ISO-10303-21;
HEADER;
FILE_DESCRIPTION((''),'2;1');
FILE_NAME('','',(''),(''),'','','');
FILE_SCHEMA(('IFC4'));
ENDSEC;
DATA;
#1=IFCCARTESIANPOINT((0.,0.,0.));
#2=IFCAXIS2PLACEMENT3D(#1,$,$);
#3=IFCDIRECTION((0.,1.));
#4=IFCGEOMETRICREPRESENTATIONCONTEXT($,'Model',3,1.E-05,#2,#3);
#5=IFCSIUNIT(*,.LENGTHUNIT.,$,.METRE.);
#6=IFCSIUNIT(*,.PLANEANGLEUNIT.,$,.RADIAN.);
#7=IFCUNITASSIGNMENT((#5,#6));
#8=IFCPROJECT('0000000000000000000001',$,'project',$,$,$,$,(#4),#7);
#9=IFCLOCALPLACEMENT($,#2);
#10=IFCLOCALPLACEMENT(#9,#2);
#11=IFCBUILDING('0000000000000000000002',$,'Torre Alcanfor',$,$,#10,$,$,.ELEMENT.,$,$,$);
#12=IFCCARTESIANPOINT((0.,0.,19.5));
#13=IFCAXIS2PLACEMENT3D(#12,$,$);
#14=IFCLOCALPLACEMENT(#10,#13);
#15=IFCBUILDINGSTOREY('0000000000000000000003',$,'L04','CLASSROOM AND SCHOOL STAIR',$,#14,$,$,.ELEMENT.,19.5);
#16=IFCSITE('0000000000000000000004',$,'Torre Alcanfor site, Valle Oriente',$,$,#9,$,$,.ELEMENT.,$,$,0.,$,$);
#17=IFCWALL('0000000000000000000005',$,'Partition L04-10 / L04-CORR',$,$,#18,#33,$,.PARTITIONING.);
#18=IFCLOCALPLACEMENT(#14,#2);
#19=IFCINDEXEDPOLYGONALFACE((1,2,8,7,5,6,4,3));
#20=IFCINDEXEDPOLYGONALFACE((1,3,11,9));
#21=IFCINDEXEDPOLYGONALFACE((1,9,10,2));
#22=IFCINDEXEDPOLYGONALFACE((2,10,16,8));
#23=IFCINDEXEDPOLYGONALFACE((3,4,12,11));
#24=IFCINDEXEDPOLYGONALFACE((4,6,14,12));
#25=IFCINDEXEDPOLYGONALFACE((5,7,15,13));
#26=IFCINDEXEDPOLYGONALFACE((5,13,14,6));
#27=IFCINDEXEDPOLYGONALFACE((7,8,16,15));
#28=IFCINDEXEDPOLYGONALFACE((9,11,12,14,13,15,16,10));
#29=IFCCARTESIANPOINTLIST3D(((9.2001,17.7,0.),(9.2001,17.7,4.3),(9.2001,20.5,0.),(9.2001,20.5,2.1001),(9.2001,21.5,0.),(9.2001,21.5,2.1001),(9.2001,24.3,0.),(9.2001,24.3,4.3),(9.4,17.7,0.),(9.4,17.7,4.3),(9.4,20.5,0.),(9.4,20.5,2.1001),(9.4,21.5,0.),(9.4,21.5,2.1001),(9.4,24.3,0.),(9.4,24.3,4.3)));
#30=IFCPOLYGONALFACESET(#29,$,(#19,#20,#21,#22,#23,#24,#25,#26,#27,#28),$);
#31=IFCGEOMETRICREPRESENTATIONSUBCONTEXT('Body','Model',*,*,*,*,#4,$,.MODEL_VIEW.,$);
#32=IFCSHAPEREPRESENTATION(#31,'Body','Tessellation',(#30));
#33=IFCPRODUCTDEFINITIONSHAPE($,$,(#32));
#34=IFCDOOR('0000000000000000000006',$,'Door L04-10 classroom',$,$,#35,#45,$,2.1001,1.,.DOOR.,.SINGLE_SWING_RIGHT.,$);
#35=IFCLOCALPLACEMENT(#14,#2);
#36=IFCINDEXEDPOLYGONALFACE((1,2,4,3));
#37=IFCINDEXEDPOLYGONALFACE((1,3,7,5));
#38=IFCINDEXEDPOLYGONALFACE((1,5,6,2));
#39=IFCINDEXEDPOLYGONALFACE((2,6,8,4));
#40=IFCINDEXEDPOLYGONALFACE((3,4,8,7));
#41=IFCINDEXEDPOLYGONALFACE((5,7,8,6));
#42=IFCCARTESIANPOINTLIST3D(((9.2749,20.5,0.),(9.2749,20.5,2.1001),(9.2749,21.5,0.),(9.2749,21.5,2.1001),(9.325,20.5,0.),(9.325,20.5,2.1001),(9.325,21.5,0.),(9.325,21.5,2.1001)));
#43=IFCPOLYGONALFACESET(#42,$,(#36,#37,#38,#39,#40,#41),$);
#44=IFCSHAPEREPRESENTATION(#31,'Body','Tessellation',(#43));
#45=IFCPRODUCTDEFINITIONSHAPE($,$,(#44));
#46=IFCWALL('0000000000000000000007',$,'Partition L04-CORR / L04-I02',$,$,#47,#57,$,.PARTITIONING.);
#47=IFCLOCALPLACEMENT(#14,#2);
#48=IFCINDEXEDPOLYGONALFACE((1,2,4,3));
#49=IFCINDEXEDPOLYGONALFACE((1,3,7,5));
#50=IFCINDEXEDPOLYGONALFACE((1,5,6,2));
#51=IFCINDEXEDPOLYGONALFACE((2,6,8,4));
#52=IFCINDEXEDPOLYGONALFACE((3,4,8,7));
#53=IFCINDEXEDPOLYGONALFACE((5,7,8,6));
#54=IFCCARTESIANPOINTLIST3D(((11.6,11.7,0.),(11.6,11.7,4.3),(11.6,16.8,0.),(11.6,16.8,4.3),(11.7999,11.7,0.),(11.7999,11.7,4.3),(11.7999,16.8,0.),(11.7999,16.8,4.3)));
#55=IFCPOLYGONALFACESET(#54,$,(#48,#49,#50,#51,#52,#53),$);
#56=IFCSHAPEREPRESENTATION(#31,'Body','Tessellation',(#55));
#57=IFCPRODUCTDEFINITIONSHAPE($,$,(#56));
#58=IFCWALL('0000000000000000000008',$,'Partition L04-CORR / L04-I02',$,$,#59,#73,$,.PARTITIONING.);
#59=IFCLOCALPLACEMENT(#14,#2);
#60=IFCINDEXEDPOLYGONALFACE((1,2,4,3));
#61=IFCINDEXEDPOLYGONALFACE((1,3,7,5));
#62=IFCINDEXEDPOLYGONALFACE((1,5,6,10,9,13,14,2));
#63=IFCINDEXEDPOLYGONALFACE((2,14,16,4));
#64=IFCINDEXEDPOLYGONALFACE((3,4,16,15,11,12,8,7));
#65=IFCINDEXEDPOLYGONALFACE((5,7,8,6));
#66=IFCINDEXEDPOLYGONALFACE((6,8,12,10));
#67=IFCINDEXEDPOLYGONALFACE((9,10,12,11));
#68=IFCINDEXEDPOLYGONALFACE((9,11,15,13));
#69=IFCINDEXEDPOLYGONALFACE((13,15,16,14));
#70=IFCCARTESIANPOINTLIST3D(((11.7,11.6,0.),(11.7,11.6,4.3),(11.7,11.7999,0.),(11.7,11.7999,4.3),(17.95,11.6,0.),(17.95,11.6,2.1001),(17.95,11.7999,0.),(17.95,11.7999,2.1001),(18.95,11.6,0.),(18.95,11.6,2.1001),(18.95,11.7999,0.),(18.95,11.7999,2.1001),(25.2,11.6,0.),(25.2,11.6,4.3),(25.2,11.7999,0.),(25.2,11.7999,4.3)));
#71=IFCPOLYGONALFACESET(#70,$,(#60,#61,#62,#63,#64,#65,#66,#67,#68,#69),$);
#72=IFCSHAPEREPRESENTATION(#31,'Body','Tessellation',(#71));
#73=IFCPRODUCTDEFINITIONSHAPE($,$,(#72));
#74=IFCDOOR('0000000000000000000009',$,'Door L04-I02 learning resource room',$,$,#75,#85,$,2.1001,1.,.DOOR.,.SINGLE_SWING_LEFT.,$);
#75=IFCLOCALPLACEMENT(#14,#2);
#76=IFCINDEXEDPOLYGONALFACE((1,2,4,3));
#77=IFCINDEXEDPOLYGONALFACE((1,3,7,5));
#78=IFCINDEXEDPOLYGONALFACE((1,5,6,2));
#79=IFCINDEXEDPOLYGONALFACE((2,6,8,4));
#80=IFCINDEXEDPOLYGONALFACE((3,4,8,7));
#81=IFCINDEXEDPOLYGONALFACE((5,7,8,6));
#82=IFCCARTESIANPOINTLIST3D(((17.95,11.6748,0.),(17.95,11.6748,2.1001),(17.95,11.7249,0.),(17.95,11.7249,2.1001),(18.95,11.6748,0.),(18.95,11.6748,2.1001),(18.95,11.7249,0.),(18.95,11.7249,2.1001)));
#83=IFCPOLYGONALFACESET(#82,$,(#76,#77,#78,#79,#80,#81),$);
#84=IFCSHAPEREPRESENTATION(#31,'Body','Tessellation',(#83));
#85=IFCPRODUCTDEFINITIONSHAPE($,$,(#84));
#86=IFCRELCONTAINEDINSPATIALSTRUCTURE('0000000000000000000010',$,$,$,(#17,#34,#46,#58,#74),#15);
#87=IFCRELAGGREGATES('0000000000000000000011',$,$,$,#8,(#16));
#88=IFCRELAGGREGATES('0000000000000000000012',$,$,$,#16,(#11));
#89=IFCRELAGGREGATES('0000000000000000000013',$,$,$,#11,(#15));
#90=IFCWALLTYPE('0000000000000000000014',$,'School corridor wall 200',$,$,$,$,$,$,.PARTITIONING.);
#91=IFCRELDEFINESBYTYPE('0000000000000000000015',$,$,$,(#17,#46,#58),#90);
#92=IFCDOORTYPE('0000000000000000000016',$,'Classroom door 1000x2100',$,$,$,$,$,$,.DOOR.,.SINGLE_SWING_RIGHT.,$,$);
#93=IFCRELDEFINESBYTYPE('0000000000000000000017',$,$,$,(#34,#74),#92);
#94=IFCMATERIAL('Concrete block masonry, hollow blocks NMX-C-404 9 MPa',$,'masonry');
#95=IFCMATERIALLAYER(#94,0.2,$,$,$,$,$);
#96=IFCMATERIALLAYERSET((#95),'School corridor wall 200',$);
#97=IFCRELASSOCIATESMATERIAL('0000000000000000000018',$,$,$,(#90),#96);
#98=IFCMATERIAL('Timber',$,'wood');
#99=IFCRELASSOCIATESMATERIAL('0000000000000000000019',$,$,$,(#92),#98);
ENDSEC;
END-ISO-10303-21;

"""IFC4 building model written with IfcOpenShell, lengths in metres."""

from ifc_helpers import new_model, si_unit, direction, frame, frame_2d, origin, place, context, subcontext, project, spatial, rectangle, extrude, material, layer, layer_set, type_object, element, fill, save


model = new_model("IFC4")

# Units and contexts
model_context = context("Model", 3, precision=1e-05, world=origin(), true_north=direction((0.0, 1.0)))
body_context = subcontext(model_context, "Body", "Model", "MODEL_VIEW")
ifc_project = project(units=[si_unit("LENGTHUNIT", "METRE"), si_unit("PLANEANGLEUNIT", "RADIAN")], contexts=[model_context])

# Site, building, storey
site_placement = place(None, origin())
site = spatial("IfcSite", under=ifc_project, at=site_placement, Name="Torre Alcanfor site, Valle Oriente", CompositionType="ELEMENT", RefElevation=0.0)
building_placement = place(site_placement, origin())
building = spatial("IfcBuilding", under=site, at=building_placement, Name="Torre Alcanfor", CompositionType="ELEMENT")
storey_placement = place(building_placement, frame((0.0, 0.0, 19.5)))
storey = spatial("IfcBuildingStorey", under=building, at=storey_placement, Name="L04", Description="CLASSROOM AND SCHOOL STAIR", CompositionType="ELEMENT", Elevation=19.5)

# Wall, opening, door
ifc_material_1 = material(Name="Concrete block masonry, hollow blocks NMX-C-404 9 MPa", Category="masonry")
ifc_layer_1 = layer(ifc_material_1, 0.2)
ifc_layer_set_1 = layer_set([ifc_layer_1], Name="School corridor wall 200")
wall_type_1 = type_object("IfcWallType", Name="School corridor wall 200", PredefinedType="PARTITIONING", material=ifc_layer_set_1)
ifc_material_2 = material(Name="Timber", Category="wood")
door_type = type_object("IfcDoorType", Name="Classroom door 1000x2100", OperationType="SINGLE_SWING_RIGHT", PredefinedType="DOOR", material=ifc_material_2)
wall_1_placement = place(storey_placement, frame((9.3, 24.3, 0.0), z_axis=(0.0, 0.0, 1.0), x_axis=(0.0, -1.0, 0.0)))
wall_1 = element("IfcWall", 1, at=wall_1_placement, inside=storey, type_object=wall_type_1, Name="Partition L04-10 / L04-CORR", PredefinedType="PARTITIONING", context=body_context, shape_type="SweptSolid", body=[
    extrude(rectangle(XDim=6.6001, YDim=0.2, at=frame_2d((3.3, 0.0))), origin(), (0.0, 0.0, 1.0), 4.3),
])
opening_1_placement = place(wall_1_placement, frame((2.8, 0.0, 0.0)))
opening_1 = element("IfcOpeningElement", 2, at=opening_1_placement, cuts=wall_1, PredefinedType="OPENING", context=body_context, shape_type="SweptSolid", body=[
    extrude(rectangle(XDim=1.0, YDim=2.1001, at=frame_2d((0.5, 1.05))), frame((0.0, 0.1099, 0.0), z_axis=(0.0, -1.0, 0.0), x_axis=(1.0, 0.0, 0.0)), (0.0, 0.0, 1.0), 0.22),
])
door_1_placement = place(opening_1_placement, frame((1.0, 0.0, 0.0), z_axis=(0.0, 0.0, 1.0), x_axis=(-1.0, 0.0, 0.0)))
door_1 = element("IfcDoor", 3, at=door_1_placement, inside=storey, type_object=door_type, Name="Door L04-10 classroom", OperationType="SINGLE_SWING_RIGHT", OverallHeight=2.1001, OverallWidth=1.0, PredefinedType="DOOR", context=body_context, shape_type="SweptSolid", body=[
    extrude(rectangle(XDim=1.0, YDim=2.1001, at=frame_2d((0.5, 1.05))), frame((0.0, 0.0251, 0.0), z_axis=(0.0, -1.0, 0.0), x_axis=(1.0, 0.0, 0.0)), (0.0, 0.0, 1.0), 0.05),
])
fill(opening_1, door_1)

# Wall
wall_2_placement = place(storey_placement, frame((11.7, 16.8, 0.0), z_axis=(0.0, 0.0, 1.0), x_axis=(0.0, -1.0, 0.0)))
element("IfcWall", 4, at=wall_2_placement, inside=storey, type_object=wall_type_1, Name="Partition L04-CORR / L04-I02", PredefinedType="PARTITIONING", context=body_context, shape_type="SweptSolid", body=[
    extrude(rectangle(XDim=5.1001, YDim=0.2, at=frame_2d((2.55, 0.0))), origin(), (0.0, 0.0, 1.0), 4.3),
])

# Wall, opening, door
wall_3_placement = place(storey_placement, frame((11.7, 11.7, 0.0), z_axis=(0.0, 0.0, 1.0), x_axis=(1.0, 0.0, 0.0)))
wall_3 = element("IfcWall", 5, at=wall_3_placement, inside=storey, type_object=wall_type_1, Name="Partition L04-CORR / L04-I02", PredefinedType="PARTITIONING", context=body_context, shape_type="SweptSolid", body=[
    extrude(rectangle(XDim=13.5, YDim=0.2, at=frame_2d((6.75, 0.0))), origin(), (0.0, 0.0, 1.0), 4.3),
])
opening_2_placement = place(wall_3_placement, frame((6.25, 0.0, 0.0)))
opening_2 = element("IfcOpeningElement", 6, at=opening_2_placement, cuts=wall_3, PredefinedType="OPENING", context=body_context, shape_type="SweptSolid", body=[
    extrude(rectangle(XDim=1.0, YDim=2.1001, at=frame_2d((0.5, 1.05))), frame((0.0, 0.1099, 0.0), z_axis=(0.0, -1.0, 0.0), x_axis=(1.0, 0.0, 0.0)), (0.0, 0.0, 1.0), 0.22),
])
door_2_placement = place(opening_2_placement, origin())
door_2 = element("IfcDoor", 7, at=door_2_placement, inside=storey, type_object=door_type, Name="Door L04-I02 learning resource room", OperationType="SINGLE_SWING_LEFT", OverallHeight=2.1001, OverallWidth=1.0, PredefinedType="DOOR", context=body_context, shape_type="SweptSolid", body=[
    extrude(rectangle(XDim=1.0, YDim=2.1001, at=frame_2d((0.5, 1.05))), frame((0.0, 0.0249, 0.0), z_axis=(0.0, -1.0, 0.0), x_axis=(1.0, 0.0, 0.0)), (0.0, 0.0, 1.0), 0.05),
])
fill(opening_2, door_2)

save(model, "model.ifc")
